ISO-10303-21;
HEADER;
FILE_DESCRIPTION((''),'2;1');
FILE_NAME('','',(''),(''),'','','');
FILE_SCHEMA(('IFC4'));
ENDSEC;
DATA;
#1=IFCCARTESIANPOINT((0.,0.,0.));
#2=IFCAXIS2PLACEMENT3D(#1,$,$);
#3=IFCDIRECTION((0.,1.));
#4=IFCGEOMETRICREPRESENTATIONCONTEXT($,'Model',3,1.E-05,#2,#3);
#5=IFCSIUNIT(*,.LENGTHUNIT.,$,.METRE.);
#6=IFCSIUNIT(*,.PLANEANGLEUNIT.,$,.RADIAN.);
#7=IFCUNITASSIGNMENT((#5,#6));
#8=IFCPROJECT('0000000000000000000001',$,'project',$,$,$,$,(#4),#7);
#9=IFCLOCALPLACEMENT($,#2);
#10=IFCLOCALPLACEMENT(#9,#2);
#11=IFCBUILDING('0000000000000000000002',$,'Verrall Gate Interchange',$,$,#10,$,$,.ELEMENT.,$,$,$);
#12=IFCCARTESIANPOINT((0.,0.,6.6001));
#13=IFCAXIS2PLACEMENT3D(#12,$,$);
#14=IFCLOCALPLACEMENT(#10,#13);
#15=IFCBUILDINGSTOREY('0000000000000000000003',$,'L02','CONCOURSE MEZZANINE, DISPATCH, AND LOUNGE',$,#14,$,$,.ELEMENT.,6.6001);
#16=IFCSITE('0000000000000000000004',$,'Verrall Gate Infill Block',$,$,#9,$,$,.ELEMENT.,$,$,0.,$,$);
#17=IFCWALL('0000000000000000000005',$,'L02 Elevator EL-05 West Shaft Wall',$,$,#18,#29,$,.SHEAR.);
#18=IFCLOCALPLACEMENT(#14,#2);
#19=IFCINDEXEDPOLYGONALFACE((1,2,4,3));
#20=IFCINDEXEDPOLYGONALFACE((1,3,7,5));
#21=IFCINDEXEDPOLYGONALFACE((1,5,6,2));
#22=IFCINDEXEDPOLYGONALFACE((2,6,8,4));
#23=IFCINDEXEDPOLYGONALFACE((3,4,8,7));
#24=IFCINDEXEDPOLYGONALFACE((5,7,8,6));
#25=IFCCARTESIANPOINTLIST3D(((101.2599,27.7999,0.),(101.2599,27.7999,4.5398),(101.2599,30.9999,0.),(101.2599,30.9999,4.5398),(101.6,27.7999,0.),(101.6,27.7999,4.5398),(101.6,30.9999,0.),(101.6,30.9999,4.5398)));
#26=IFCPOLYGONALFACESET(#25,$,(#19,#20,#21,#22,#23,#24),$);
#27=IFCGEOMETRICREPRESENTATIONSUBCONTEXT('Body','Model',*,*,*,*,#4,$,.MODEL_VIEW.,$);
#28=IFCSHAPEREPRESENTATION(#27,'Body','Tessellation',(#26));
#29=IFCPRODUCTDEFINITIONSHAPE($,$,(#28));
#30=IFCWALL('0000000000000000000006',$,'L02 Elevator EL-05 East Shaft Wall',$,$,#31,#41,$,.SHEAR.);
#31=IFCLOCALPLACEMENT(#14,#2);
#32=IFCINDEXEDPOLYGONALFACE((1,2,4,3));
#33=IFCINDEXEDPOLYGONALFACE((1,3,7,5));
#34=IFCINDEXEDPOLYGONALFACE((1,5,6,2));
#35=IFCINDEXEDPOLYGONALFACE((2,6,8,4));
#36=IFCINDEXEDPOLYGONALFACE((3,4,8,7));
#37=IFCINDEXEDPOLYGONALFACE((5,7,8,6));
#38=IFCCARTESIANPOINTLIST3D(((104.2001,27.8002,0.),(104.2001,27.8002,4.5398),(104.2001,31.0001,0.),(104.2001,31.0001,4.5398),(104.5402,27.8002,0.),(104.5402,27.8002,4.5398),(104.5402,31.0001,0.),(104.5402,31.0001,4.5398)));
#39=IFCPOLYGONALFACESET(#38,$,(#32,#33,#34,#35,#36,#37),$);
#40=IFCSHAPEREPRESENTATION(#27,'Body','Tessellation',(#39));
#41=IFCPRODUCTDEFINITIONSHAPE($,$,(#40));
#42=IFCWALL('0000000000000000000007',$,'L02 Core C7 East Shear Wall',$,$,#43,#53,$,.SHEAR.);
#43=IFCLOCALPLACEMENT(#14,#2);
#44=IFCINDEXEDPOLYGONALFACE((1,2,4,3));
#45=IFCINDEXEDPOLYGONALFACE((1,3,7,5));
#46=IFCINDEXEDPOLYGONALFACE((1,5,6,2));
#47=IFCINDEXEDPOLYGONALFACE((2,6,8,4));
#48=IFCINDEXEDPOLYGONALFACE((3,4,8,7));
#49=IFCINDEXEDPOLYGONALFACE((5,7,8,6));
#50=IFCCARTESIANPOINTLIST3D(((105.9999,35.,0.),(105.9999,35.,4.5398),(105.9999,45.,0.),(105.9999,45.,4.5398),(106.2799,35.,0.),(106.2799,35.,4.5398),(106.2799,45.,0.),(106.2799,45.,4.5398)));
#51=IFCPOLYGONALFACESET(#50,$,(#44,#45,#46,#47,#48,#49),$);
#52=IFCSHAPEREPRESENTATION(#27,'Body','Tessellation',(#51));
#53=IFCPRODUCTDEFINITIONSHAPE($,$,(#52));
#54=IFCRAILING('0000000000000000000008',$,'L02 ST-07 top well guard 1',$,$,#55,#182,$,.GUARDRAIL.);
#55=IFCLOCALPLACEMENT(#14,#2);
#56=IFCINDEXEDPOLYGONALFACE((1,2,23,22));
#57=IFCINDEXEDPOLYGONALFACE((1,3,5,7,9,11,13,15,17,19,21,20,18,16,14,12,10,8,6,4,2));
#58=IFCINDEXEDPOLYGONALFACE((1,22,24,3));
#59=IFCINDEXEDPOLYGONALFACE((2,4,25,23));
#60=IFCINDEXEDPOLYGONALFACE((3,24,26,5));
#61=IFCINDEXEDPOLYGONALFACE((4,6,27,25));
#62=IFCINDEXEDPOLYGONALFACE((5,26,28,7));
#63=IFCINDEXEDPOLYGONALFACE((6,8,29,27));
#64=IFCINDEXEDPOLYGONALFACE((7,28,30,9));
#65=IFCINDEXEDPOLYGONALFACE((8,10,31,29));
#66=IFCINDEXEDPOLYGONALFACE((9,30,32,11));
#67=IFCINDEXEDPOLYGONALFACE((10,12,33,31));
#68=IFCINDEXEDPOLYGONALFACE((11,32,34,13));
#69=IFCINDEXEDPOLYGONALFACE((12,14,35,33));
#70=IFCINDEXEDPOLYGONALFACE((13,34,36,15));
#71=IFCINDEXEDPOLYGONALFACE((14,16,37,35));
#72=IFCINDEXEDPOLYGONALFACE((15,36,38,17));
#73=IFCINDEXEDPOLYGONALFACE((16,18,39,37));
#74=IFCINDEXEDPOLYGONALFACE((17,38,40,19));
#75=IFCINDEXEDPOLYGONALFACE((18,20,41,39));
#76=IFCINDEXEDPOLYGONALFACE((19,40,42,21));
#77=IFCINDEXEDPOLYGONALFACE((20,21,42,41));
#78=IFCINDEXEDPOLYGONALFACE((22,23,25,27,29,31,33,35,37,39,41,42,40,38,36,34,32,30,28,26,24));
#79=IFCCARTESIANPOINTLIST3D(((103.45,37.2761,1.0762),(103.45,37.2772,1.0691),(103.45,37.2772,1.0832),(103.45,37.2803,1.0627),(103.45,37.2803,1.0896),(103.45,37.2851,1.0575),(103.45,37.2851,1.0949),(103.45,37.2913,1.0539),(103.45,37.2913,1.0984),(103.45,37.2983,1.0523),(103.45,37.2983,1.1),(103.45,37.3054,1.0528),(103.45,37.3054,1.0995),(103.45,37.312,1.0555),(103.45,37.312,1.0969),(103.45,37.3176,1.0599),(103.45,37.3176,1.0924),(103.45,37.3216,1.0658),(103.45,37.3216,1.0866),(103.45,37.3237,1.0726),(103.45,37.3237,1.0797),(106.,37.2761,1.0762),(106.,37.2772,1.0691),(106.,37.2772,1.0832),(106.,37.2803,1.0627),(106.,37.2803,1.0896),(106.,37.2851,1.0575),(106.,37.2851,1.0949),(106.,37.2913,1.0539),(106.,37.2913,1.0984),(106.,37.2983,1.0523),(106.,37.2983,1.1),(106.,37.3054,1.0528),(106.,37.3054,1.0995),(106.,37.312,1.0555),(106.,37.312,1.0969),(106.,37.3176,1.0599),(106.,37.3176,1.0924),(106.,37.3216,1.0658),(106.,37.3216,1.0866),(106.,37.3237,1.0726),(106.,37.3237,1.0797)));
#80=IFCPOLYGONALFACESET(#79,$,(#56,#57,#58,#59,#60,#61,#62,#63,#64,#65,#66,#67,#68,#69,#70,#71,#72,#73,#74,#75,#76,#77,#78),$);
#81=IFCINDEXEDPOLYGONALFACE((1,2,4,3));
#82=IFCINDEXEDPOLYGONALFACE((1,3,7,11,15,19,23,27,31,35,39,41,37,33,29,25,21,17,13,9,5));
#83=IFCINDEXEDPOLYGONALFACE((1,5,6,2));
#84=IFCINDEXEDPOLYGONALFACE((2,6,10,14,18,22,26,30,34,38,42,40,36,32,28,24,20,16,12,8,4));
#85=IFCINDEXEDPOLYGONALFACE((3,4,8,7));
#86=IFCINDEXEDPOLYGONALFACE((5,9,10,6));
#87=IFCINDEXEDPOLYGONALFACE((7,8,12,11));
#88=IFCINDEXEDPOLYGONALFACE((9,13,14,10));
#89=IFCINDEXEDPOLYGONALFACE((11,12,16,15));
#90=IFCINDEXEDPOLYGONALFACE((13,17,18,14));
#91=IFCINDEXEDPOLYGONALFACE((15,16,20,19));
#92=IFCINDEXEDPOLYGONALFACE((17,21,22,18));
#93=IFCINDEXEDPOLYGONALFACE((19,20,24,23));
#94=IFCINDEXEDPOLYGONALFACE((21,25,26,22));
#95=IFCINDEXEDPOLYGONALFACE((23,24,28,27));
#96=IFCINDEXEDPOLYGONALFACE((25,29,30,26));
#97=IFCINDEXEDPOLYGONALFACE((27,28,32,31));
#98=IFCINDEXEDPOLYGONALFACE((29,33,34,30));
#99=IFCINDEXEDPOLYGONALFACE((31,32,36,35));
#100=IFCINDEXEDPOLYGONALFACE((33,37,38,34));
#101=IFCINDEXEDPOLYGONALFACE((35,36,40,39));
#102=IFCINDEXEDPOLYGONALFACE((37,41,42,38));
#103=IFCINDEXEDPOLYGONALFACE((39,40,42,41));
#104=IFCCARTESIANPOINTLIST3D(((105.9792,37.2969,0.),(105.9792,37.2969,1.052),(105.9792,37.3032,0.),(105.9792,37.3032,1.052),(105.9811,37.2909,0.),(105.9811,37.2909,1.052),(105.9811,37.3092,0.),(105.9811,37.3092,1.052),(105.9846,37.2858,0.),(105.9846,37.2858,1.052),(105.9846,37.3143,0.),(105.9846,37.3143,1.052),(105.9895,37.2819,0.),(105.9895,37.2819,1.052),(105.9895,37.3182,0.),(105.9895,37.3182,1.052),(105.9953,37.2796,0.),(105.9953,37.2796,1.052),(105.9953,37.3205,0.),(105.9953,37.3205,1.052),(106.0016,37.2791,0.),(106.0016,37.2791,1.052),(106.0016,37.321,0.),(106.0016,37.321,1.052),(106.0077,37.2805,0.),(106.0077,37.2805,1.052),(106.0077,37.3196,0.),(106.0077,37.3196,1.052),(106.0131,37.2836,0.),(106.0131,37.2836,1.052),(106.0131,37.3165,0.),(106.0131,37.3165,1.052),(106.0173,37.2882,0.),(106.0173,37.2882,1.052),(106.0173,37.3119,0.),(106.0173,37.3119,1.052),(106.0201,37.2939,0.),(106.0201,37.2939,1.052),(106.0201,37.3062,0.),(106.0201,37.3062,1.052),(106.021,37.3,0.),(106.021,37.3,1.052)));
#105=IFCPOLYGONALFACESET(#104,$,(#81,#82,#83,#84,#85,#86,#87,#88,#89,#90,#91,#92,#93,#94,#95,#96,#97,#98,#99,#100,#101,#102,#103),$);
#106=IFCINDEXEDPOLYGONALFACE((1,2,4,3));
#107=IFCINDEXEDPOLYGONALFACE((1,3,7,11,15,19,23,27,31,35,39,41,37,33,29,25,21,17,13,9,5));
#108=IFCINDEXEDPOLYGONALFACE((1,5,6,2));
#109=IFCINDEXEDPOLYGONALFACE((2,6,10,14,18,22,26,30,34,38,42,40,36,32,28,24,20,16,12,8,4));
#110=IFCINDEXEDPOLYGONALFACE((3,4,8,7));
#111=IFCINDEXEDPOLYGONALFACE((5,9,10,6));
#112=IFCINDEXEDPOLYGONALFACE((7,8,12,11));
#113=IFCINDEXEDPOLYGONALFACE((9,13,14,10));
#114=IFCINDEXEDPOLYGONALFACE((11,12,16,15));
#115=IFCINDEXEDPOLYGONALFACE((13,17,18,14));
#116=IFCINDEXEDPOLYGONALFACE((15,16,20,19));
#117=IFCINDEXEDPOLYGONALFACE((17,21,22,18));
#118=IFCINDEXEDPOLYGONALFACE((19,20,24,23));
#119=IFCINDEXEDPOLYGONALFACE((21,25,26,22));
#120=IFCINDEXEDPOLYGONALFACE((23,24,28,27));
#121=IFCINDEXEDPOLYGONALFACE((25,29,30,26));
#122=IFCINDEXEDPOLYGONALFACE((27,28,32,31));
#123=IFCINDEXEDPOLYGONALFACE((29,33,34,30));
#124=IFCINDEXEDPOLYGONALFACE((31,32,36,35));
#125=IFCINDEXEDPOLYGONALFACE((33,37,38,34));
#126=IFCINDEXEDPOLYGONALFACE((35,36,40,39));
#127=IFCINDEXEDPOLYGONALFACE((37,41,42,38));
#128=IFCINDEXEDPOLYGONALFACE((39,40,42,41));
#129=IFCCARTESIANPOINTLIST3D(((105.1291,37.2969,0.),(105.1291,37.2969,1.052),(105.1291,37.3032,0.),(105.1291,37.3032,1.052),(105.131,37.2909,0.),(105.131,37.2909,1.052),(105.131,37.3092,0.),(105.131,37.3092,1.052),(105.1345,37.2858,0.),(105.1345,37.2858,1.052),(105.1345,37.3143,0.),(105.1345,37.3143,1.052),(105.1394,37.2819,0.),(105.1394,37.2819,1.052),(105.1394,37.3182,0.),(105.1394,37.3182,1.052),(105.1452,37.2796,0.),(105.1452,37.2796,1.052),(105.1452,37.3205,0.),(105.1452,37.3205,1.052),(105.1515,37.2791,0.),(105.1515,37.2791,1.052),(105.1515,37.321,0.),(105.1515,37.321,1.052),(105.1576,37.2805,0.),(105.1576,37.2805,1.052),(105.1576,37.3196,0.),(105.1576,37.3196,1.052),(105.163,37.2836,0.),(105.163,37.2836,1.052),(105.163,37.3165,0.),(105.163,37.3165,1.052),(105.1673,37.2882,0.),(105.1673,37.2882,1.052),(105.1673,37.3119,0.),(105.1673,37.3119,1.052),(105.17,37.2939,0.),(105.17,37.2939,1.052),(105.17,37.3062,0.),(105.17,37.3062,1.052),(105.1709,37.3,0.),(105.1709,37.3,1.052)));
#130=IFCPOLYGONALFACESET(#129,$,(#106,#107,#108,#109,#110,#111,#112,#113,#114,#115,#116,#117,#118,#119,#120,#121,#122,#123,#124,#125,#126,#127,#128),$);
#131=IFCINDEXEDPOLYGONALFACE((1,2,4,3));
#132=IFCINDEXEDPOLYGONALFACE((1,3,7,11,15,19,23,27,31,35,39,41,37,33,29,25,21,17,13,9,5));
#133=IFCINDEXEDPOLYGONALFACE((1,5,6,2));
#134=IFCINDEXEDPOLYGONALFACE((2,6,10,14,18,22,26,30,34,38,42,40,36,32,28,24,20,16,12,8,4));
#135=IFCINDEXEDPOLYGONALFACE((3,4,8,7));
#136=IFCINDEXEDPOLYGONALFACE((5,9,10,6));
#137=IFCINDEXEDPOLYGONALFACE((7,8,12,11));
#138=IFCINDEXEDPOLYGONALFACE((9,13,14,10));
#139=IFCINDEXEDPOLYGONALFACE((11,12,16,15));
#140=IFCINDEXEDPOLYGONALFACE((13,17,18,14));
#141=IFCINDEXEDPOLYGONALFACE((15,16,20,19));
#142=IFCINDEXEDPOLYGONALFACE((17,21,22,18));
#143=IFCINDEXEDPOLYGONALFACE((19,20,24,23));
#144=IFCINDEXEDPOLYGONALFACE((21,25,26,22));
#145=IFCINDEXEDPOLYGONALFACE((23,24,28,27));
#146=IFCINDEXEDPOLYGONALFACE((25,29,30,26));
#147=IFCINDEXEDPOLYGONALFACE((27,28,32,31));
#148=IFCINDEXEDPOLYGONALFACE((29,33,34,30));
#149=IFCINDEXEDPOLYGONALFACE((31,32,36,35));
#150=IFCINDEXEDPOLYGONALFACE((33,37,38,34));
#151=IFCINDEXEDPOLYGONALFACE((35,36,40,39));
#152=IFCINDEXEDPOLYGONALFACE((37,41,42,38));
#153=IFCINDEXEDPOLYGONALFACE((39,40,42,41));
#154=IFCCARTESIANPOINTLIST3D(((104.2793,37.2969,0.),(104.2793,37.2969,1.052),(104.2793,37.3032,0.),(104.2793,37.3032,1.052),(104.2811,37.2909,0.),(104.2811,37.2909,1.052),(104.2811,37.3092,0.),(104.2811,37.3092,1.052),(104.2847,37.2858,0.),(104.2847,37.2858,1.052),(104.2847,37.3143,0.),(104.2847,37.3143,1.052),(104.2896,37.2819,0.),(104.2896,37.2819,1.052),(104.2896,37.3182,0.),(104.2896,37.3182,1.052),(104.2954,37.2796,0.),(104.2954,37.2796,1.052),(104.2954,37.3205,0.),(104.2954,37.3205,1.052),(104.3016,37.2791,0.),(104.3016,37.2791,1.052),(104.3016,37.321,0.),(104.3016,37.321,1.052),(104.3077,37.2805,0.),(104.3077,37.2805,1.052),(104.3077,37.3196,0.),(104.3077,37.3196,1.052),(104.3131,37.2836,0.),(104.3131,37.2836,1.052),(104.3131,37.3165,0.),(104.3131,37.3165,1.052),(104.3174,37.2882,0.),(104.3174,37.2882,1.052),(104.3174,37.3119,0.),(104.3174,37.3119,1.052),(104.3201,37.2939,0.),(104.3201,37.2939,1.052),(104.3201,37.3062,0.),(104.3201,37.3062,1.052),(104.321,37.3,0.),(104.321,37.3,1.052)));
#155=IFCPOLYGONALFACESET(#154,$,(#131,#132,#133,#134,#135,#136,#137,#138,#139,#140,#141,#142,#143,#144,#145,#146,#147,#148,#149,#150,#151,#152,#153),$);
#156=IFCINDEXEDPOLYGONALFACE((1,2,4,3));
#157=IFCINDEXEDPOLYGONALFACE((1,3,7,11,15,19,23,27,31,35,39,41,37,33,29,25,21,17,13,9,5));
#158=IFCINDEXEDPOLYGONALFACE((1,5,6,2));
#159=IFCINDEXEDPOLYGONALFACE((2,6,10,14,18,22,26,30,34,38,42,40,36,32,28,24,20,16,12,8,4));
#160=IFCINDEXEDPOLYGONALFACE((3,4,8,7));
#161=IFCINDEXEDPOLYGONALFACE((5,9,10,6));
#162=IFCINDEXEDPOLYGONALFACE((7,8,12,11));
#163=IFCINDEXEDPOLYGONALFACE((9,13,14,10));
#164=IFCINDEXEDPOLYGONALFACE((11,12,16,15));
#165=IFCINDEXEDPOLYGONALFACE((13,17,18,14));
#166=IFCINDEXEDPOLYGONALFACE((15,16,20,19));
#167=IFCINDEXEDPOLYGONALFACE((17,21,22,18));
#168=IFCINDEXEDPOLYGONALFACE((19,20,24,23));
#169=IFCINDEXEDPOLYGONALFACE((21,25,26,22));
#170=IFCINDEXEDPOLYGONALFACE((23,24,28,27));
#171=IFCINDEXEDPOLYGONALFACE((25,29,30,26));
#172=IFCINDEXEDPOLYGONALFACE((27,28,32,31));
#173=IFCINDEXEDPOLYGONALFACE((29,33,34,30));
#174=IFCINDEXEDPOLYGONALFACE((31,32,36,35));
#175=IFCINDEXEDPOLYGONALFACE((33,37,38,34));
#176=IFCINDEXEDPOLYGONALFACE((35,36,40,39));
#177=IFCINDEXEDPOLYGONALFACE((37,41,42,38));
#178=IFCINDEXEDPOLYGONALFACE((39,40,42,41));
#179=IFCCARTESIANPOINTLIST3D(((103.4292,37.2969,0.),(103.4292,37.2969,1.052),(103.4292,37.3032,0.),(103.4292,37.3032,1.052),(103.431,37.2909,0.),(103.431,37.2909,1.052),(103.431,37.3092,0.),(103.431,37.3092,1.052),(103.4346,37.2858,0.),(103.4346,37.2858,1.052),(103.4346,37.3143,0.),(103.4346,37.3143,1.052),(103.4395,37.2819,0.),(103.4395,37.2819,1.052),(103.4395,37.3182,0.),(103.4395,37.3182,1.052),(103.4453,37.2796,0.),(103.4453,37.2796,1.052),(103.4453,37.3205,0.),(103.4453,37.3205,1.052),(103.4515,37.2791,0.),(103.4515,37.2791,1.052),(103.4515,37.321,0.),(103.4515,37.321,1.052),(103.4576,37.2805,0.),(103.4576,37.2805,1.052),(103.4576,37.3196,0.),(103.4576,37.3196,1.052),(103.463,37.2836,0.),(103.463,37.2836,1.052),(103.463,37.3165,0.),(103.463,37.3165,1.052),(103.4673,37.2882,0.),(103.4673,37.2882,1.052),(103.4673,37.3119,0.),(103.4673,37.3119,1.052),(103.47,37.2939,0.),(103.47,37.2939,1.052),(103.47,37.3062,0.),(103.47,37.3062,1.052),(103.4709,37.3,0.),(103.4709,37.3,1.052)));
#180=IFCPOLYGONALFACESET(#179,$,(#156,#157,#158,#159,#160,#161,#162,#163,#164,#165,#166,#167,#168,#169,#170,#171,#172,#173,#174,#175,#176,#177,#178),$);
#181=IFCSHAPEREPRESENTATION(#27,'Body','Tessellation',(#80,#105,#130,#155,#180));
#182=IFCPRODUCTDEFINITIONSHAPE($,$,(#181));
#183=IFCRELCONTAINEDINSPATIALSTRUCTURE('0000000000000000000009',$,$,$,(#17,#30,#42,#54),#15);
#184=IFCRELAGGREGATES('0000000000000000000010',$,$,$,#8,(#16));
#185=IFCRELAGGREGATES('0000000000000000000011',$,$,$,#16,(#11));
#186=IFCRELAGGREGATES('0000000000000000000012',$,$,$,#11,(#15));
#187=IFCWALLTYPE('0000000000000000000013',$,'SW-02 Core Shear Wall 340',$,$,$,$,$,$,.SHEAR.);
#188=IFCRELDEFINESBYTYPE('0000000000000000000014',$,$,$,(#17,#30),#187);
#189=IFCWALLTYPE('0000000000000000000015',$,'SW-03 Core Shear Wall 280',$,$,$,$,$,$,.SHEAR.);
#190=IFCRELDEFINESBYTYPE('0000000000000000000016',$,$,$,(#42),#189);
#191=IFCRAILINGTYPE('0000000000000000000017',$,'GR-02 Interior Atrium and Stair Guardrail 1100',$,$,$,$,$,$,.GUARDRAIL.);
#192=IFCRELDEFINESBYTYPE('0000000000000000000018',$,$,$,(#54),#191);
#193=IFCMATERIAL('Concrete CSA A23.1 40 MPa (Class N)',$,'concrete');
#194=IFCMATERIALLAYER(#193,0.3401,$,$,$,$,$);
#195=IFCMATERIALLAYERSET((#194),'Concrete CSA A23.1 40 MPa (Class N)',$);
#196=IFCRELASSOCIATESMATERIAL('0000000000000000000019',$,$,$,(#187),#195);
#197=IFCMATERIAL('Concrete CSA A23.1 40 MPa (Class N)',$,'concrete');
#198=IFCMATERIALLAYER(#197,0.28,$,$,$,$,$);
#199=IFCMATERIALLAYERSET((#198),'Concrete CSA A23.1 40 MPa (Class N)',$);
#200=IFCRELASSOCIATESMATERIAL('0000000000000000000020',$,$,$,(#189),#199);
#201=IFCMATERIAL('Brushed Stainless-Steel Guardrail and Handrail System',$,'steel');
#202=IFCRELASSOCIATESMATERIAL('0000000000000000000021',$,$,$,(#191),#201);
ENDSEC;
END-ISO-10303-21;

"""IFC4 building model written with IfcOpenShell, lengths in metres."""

from ifc_helpers import new_model, si_unit, direction, frame, frame_2d, origin, origin_2d, place, context, subcontext, project, spatial, rectangle, circle, extrude, material, layer, layer_set, type_object, element, save


model = new_model("IFC4")

# Units and contexts
model_context = context("Model", 3, precision=1e-05, world=origin(), true_north=direction((0.0, 1.0)))
body_context = subcontext(model_context, "Body", "Model", "MODEL_VIEW")
ifc_project = project(units=[si_unit("LENGTHUNIT", "METRE"), si_unit("PLANEANGLEUNIT", "RADIAN")], contexts=[model_context])

# Site, building, storey
site_placement = place(None, origin())
site = spatial("IfcSite", under=ifc_project, at=site_placement, Name="Verrall Gate Infill Block", CompositionType="ELEMENT", RefElevation=0.0)
building_placement = place(site_placement, origin())
building = spatial("IfcBuilding", under=site, at=building_placement, Name="Verrall Gate Interchange", CompositionType="ELEMENT")
storey_placement = place(building_placement, frame((0.0, 0.0, 6.6001)))
storey = spatial("IfcBuildingStorey", under=building, at=storey_placement, Name="L02", Description="CONCOURSE MEZZANINE, DISPATCH, AND LOUNGE", CompositionType="ELEMENT", Elevation=6.6001)

# Shared definitions
ifc_material_1 = material(Name="Concrete CSA A23.1 40 MPa (Class N)", Category="concrete")
ifc_layer_1 = layer(ifc_material_1, 0.3401)
ifc_layer_set_1 = layer_set([ifc_layer_1], Name="Concrete CSA A23.1 40 MPa (Class N)")
wall_type_1 = type_object("IfcWallType", Name="SW-02 Core Shear Wall 340", PredefinedType="SHEAR", material=ifc_layer_set_1)

# Walls
for number, where, z_axis, x_axis, name in (
    (1, (101.4299, 31.0, 0.0), (0.0, 0.0, 1.0), (0.0, -1.0, 0.0), "L02 Elevator EL-05 West Shaft Wall"),
    (2, (104.3701, 27.8, 0.0), (0.0, 0.0, 1.0), (0.0, 1.0, 0.0), "L02 Elevator EL-05 East Shaft Wall"),
):
    element("IfcWall", number, at=place(storey_placement, frame(where, z_axis=z_axis, x_axis=x_axis)), inside=storey, type_object=wall_type_1, Name=name, PredefinedType="SHEAR", context=body_context, shape_type="SweptSolid", body=[
        extrude(rectangle(XDim=3.2, YDim=0.3401, at=frame_2d((1.6001, 0.0))), origin(), (0.0, 0.0, 1.0), 4.5398),
    ])

# Shared definitions
ifc_material_2 = material(Name="Concrete CSA A23.1 40 MPa (Class N)", Category="concrete")
ifc_layer_2 = layer(ifc_material_2, 0.28)
ifc_layer_set_2 = layer_set([ifc_layer_2], Name="Concrete CSA A23.1 40 MPa (Class N)")
wall_type_2 = type_object("IfcWallType", Name="SW-03 Core Shear Wall 280", PredefinedType="SHEAR", material=ifc_layer_set_2)

# Wall
wall_1_placement = place(storey_placement, frame((106.1399, 35.0, 0.0), z_axis=(0.0, 0.0, 1.0), x_axis=(0.0, 1.0, 0.0)))
element("IfcWall", 3, at=wall_1_placement, inside=storey, type_object=wall_type_2, Name="L02 Core C7 East Shear Wall", PredefinedType="SHEAR", context=body_context, shape_type="SweptSolid", body=[
    extrude(rectangle(XDim=10.0, YDim=0.28, at=frame_2d((5.0, 0.0))), origin(), (0.0, 0.0, 1.0), 4.5398),
])

# Railing
ifc_material_3 = material(Name="Brushed Stainless-Steel Guardrail and Handrail System", Category="steel")
railing_type = type_object("IfcRailingType", Name="GR-02 Interior Atrium and Stair Guardrail 1100", PredefinedType="GUARDRAIL", material=ifc_material_3)
railing_1_placement = place(storey_placement, frame((106.0, 37.3, 0.0)))
element("IfcRailing", 4, at=railing_1_placement, inside=storey, type_object=railing_type, Name="L02 ST-07 top well guard 1", PredefinedType="GUARDRAIL", context=body_context, shape_type="SweptSolid", body=[
    extrude(circle(Radius=0.0239, at=origin_2d()), frame((0.0, 0.0, 1.0762), z_axis=(-1.0, 0.0, 0.0), x_axis=(0.0, -1.0, 0.0)), (0.0, 0.0, 1.0), 2.55),
    extrude(circle(Radius=0.021, at=origin_2d()), origin(), (0.0, 0.0, 1.0), 1.052),
    extrude(circle(Radius=0.021, at=origin_2d()), frame((-0.8501, 0.0, 0.0)), (0.0, 0.0, 1.0), 1.052),
    extrude(circle(Radius=0.021, at=origin_2d()), frame((-1.7, 0.0, 0.0)), (0.0, 0.0, 1.0), 1.052),
    extrude(circle(Radius=0.021, at=origin_2d()), frame((-2.55, 0.0, 0.0)), (0.0, 0.0, 1.0), 1.052),
])

save(model, "model.ifc")
